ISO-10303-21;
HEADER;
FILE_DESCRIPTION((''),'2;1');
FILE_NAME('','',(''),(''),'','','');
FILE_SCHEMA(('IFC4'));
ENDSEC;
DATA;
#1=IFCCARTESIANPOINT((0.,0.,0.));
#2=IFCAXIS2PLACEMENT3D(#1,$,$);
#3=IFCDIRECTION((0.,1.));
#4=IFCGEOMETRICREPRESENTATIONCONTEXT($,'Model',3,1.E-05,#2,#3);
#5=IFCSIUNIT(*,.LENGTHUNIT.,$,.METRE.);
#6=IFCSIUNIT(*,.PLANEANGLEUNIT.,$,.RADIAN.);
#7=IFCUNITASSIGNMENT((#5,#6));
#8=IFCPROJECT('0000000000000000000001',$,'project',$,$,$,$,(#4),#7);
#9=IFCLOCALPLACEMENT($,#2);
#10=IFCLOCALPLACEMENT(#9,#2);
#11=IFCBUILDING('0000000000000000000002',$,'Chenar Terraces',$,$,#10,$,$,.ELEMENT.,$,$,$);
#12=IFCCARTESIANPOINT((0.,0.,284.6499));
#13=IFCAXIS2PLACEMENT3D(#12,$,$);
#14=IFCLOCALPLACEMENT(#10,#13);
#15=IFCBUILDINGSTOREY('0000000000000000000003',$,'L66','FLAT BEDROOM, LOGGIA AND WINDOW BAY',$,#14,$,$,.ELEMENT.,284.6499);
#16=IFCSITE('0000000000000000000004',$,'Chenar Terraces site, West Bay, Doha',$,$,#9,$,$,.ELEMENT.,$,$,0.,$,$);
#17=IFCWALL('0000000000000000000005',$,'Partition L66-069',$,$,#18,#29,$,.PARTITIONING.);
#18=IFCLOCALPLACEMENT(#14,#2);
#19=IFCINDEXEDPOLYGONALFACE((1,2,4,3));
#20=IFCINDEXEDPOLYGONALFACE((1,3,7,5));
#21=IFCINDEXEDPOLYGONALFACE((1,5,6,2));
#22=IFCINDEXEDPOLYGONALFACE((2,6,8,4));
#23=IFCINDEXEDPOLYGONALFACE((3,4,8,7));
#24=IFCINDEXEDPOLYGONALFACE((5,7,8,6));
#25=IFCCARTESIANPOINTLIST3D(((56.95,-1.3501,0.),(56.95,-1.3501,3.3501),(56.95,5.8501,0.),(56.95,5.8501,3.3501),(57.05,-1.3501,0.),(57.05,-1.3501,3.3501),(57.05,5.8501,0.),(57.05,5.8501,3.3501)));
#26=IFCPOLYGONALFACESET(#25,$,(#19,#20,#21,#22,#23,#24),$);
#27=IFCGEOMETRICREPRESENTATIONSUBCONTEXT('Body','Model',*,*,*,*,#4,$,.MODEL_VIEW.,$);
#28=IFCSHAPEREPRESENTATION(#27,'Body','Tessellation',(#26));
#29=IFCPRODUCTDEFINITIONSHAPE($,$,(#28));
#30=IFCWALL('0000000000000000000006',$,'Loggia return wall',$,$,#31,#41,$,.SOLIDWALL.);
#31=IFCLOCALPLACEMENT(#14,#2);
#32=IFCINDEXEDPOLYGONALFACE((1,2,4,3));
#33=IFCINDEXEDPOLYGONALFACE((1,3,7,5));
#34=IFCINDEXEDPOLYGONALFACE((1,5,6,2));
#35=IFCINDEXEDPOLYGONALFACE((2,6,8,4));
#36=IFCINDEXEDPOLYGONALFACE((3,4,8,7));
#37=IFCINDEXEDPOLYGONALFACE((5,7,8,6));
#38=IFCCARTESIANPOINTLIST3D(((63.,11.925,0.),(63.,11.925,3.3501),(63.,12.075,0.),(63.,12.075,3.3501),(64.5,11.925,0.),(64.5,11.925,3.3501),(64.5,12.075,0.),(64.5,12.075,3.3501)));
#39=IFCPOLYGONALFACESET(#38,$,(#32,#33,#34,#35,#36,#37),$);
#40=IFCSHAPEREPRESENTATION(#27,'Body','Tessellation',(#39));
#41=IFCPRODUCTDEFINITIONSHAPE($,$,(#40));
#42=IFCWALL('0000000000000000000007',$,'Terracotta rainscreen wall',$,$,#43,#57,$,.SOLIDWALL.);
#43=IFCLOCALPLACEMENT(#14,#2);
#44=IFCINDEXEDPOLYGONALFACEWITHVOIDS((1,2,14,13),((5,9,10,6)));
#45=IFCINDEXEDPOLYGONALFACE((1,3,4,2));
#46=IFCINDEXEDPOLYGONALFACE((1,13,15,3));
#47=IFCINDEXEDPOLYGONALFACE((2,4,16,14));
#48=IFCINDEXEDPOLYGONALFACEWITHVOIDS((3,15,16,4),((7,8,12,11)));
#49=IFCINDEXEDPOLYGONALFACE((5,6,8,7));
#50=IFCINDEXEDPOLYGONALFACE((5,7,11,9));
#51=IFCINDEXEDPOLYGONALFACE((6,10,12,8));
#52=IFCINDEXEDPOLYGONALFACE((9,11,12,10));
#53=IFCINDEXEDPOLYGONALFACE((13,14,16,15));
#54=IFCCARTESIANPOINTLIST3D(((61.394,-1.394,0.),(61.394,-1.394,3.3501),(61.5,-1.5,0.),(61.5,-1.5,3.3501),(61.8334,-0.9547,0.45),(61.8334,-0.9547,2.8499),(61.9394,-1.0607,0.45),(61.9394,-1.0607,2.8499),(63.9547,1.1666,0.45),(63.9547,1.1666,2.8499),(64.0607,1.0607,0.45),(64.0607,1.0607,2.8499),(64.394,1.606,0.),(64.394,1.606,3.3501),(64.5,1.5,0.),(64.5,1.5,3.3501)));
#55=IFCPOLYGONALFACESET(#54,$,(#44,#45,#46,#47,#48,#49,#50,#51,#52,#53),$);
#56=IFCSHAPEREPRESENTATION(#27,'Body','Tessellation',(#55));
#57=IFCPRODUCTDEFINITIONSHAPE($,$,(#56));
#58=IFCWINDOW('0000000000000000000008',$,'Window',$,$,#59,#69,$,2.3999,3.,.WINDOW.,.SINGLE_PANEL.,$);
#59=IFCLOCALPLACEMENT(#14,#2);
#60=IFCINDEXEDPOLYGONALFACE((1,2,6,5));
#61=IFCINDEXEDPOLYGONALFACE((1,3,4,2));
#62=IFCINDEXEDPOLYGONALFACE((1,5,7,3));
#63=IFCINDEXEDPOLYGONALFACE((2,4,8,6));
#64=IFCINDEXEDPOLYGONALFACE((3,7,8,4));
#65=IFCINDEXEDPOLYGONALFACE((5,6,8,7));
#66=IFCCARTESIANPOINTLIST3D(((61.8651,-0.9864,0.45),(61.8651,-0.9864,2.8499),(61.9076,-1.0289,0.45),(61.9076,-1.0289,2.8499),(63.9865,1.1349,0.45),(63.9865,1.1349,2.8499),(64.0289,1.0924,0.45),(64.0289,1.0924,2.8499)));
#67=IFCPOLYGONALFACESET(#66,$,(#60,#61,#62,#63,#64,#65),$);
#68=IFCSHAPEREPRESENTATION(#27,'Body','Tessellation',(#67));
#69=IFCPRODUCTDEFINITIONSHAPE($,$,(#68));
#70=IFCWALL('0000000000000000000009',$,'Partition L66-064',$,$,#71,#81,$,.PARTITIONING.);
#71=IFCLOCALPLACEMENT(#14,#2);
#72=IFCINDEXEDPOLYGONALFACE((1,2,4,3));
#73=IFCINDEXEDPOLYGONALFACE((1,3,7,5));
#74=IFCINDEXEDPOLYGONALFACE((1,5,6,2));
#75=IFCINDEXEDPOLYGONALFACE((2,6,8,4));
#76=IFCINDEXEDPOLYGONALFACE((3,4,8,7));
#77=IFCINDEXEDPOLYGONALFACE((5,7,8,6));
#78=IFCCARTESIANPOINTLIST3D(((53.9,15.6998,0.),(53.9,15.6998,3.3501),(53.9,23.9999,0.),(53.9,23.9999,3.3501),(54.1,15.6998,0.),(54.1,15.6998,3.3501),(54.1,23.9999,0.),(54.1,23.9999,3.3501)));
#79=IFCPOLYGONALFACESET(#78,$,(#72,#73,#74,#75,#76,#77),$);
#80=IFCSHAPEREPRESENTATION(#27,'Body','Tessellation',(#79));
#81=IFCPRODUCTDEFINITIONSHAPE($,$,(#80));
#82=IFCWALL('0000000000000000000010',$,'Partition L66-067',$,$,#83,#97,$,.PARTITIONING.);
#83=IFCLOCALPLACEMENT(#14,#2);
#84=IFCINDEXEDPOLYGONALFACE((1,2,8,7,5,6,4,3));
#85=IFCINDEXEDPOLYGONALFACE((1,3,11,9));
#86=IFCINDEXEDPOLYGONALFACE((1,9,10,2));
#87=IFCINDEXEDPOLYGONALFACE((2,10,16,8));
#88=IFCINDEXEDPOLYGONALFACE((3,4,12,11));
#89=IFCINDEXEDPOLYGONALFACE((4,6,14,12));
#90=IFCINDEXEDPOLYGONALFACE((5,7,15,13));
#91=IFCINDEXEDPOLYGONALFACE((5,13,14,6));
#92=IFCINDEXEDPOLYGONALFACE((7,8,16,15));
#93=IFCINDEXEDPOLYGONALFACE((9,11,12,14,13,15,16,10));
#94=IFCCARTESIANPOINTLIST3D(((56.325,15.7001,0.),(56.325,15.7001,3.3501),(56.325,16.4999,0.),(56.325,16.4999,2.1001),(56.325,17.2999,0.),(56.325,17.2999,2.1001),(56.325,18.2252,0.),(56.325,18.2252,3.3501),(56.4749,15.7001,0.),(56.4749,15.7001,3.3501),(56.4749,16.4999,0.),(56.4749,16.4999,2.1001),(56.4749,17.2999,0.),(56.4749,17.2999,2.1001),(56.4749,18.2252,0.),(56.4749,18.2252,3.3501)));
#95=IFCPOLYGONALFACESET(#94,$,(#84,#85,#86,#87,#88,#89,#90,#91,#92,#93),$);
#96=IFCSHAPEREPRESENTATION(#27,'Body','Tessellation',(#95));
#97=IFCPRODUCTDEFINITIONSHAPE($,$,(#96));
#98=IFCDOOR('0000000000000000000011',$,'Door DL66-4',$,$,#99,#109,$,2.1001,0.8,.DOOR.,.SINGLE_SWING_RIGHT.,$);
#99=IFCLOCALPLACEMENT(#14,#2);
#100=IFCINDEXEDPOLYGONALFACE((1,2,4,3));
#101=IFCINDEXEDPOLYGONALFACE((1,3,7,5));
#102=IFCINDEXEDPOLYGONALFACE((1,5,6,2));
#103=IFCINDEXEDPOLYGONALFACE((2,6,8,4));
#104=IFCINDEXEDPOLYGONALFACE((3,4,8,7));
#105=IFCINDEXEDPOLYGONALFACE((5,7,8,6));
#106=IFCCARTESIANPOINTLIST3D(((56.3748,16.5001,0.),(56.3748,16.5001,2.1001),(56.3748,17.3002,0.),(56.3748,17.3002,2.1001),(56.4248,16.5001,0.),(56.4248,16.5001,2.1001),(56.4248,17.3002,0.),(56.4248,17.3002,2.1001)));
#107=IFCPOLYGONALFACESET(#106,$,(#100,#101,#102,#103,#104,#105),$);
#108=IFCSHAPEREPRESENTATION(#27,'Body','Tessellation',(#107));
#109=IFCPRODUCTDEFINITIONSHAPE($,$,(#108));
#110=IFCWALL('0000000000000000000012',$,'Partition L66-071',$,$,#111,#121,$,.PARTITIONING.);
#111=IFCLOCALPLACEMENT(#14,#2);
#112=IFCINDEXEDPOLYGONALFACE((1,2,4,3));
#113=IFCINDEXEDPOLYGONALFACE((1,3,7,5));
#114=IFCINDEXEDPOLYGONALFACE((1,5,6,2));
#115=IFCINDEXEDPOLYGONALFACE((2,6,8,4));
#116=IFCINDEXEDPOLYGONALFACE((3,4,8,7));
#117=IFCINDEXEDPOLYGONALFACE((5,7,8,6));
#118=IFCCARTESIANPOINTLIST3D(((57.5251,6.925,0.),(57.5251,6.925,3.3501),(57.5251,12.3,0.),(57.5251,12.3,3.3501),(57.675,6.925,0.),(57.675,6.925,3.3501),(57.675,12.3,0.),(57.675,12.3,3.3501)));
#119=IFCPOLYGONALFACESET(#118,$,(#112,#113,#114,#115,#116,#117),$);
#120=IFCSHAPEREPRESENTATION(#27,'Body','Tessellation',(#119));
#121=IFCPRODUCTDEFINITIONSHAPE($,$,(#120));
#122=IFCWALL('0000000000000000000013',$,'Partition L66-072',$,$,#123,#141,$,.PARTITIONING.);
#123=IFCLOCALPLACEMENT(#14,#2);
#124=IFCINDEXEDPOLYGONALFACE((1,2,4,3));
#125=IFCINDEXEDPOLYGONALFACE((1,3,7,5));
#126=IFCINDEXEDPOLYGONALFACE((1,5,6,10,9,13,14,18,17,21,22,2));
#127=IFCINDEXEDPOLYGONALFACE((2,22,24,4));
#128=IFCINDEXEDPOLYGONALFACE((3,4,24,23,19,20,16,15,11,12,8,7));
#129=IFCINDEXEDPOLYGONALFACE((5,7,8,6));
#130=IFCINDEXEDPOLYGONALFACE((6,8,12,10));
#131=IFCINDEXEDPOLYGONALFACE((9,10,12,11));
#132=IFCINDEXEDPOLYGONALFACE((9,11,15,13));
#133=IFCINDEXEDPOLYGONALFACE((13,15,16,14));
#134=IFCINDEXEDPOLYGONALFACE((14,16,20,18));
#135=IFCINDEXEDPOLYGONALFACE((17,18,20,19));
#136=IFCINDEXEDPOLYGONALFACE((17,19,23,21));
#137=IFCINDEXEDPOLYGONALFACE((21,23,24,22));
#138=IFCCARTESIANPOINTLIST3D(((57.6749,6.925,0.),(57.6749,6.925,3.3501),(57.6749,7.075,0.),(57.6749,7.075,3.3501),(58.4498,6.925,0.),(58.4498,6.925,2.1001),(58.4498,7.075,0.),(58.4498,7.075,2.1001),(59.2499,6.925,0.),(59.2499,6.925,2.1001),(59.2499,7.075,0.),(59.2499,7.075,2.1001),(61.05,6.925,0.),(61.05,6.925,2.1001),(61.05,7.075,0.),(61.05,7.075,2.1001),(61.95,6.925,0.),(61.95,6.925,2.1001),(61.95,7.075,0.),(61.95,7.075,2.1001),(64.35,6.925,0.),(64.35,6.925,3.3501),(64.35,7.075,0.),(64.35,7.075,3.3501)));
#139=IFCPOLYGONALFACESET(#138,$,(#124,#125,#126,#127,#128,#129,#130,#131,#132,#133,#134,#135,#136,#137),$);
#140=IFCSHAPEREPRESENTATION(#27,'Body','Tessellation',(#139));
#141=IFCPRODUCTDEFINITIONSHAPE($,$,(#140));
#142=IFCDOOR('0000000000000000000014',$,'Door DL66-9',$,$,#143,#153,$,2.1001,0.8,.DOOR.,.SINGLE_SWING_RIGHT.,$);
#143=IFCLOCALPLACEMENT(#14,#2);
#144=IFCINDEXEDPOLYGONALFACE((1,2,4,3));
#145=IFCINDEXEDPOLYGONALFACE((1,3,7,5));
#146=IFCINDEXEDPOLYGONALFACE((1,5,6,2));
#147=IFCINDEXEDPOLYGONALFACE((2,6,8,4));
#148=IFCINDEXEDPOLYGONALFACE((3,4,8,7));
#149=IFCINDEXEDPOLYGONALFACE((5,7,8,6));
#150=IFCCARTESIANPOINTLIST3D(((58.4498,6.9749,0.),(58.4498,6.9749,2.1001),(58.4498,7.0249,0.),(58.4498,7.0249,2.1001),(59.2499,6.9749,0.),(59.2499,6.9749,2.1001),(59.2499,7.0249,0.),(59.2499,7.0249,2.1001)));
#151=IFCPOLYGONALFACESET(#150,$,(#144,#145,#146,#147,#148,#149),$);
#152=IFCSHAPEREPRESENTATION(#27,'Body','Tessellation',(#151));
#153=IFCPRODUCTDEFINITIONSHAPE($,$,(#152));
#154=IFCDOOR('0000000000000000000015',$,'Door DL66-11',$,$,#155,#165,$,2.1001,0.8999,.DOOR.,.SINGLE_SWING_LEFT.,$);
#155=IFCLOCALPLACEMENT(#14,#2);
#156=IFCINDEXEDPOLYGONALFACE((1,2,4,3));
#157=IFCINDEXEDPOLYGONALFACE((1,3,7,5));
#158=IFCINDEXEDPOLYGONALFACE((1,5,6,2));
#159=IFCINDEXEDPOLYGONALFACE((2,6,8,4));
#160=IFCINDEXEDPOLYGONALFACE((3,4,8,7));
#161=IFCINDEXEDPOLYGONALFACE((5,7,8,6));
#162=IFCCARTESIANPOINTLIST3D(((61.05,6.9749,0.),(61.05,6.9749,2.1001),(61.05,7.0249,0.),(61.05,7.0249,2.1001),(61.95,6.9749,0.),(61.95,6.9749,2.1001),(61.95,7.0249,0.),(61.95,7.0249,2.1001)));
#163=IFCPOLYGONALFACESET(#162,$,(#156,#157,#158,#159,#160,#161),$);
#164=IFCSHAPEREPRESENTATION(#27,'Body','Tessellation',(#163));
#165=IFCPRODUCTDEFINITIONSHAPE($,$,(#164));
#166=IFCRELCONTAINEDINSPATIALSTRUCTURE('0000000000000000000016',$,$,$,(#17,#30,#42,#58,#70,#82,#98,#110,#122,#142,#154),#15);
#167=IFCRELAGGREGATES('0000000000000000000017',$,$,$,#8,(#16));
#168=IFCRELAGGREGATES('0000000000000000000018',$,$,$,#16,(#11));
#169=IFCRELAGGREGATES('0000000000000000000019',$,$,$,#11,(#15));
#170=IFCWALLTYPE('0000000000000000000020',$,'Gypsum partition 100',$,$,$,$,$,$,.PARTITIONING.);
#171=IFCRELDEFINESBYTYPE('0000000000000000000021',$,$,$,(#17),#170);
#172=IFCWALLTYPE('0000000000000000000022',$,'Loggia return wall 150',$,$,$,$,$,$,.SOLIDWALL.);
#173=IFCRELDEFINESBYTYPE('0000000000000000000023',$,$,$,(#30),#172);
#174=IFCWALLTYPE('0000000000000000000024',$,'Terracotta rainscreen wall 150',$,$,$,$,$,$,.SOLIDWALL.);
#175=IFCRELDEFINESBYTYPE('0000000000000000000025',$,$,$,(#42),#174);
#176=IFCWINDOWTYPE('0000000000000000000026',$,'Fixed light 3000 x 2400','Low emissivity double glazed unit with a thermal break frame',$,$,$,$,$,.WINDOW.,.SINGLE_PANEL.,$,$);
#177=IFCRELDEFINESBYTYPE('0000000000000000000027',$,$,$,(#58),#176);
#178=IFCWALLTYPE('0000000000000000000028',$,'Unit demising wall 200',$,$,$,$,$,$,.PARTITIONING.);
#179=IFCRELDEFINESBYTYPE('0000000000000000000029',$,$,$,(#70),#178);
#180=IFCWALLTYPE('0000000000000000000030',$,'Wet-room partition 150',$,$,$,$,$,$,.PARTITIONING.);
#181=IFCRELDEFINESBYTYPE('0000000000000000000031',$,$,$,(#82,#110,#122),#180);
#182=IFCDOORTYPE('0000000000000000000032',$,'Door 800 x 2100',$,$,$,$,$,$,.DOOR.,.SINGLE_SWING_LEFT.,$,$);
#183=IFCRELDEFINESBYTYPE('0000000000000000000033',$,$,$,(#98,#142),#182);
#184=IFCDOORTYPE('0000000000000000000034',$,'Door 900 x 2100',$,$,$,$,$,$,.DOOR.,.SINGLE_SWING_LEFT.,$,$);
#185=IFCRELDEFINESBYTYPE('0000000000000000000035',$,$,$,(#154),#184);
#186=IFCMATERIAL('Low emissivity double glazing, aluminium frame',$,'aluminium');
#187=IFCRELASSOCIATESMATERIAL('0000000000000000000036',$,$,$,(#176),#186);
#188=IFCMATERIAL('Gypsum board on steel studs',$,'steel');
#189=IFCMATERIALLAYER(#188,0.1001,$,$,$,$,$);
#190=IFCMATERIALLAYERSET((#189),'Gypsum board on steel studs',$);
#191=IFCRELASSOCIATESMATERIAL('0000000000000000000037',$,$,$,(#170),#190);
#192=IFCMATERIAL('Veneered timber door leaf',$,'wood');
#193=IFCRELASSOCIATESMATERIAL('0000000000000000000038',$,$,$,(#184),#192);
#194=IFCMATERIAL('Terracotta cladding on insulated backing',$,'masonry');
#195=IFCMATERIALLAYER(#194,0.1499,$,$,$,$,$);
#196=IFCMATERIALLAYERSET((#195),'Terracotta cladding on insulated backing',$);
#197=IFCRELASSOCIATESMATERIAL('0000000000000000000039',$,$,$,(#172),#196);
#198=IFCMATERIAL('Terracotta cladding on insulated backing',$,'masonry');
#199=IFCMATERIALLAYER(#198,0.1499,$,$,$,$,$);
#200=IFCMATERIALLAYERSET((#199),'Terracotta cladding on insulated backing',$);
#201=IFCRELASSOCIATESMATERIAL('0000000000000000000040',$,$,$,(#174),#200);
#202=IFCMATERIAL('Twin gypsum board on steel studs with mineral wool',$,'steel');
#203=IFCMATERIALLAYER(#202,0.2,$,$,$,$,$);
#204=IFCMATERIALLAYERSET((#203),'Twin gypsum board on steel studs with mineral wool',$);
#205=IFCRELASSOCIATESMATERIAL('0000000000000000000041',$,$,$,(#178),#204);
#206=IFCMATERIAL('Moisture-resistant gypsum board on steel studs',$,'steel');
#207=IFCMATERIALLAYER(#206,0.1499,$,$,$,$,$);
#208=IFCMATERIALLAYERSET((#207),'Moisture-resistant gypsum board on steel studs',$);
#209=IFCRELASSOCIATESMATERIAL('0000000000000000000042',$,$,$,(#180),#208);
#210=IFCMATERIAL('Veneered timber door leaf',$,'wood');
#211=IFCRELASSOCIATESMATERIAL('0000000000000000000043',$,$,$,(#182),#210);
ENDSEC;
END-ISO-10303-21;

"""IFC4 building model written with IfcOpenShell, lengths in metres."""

from ifc_helpers import new_model, si_unit, direction, frame, frame_2d, origin, place, context, subcontext, project, spatial, rectangle, extrude, material, layer, layer_set, type_object, element, fill, save


model = new_model("IFC4")

# Units and contexts
model_context = context("Model", 3, precision=1e-05, world=origin(), true_north=direction((0.0, 1.0)))
body_context = subcontext(model_context, "Body", "Model", "MODEL_VIEW")
ifc_project = project(units=[si_unit("LENGTHUNIT", "METRE"), si_unit("PLANEANGLEUNIT", "RADIAN")], contexts=[model_context])

# Site, building, storey
site_placement = place(None, origin())
site = spatial("IfcSite", under=ifc_project, at=site_placement, Name="Chenar Terraces site, West Bay, Doha", CompositionType="ELEMENT", RefElevation=0.0)
building_placement = place(site_placement, origin())
building = spatial("IfcBuilding", under=site, at=building_placement, Name="Chenar Terraces", CompositionType="ELEMENT")
storey_placement = place(building_placement, frame((0.0, 0.0, 284.6499)))
storey = spatial("IfcBuildingStorey", under=building, at=storey_placement, Name="L66", Description="FLAT BEDROOM, LOGGIA AND WINDOW BAY", CompositionType="ELEMENT", Elevation=284.6499)

# Shared definitions
ifc_material_1 = material(Name="Low emissivity double glazing, aluminium frame", Category="aluminium")
window_type_1 = type_object("IfcWindowType", Name="Fixed light 3000 x 2400", Description="Low emissivity double glazed unit with a thermal break frame", PartitioningType="SINGLE_PANEL", PredefinedType="WINDOW", material=ifc_material_1)

# Shared definitions
ifc_material_2 = material(Name="Gypsum board on steel studs", Category="steel")
ifc_layer_1 = layer(ifc_material_2, 0.1001)
ifc_layer_set_1 = layer_set([ifc_layer_1], Name="Gypsum board on steel studs")
wall_type_1 = type_object("IfcWallType", Name="Gypsum partition 100", PredefinedType="PARTITIONING", material=ifc_layer_set_1)
ifc_material_3 = material(Name="Veneered timber door leaf", Category="wood")
door_type_1 = type_object("IfcDoorType", Name="Door 900 x 2100", OperationType="SINGLE_SWING_LEFT", PredefinedType="DOOR", material=ifc_material_3)

# Walls
wall_1_placement = place(storey_placement, frame((57.0, -1.3501, 0.0), z_axis=(0.0, 0.0, 1.0), x_axis=(0.0, 1.0, 0.0)))
element("IfcWall", 1, at=wall_1_placement, inside=storey, type_object=wall_type_1, Name="Partition L66-069", PredefinedType="PARTITIONING", context=body_context, shape_type="SweptSolid", body=[
    extrude(rectangle(XDim=7.2002, YDim=0.1001, at=frame_2d((3.6001, 0.0))), origin(), (0.0, 0.0, 1.0), 3.3501),
])
ifc_material_4 = material(Name="Terracotta cladding on insulated backing", Category="masonry")
ifc_layer_2 = layer(ifc_material_4, 0.1499)
ifc_layer_set_2 = layer_set([ifc_layer_2], Name="Terracotta cladding on insulated backing")
wall_type_2 = type_object("IfcWallType", Name="Loggia return wall 150", PredefinedType="SOLIDWALL", material=ifc_layer_set_2)
wall_2_placement = place(storey_placement, frame((64.5, 12.0, 0.0), z_axis=(0.0, 0.0, 1.0), x_axis=(-1.0, 0.0, 0.0)))
element("IfcWall", 2, at=wall_2_placement, inside=storey, type_object=wall_type_2, Name="Loggia return wall", PredefinedType="SOLIDWALL", context=body_context, shape_type="SweptSolid", body=[
    extrude(rectangle(XDim=1.5, YDim=0.1499, at=frame_2d((0.75, 0.0))), origin(), (0.0, 0.0, 1.0), 3.3501),
])

# Wall, opening, window
ifc_material_5 = material(Name="Terracotta cladding on insulated backing", Category="masonry")
ifc_layer_3 = layer(ifc_material_5, 0.1499)
ifc_layer_set_3 = layer_set([ifc_layer_3], Name="Terracotta cladding on insulated backing")
wall_type_3 = type_object("IfcWallType", Name="Terracotta rainscreen wall 150", PredefinedType="SOLIDWALL", material=ifc_layer_set_3)
wall_3_placement = place(storey_placement, frame((61.447, -1.447, 0.0), z_axis=(0.0, 0.0, 1.0), x_axis=(0.707107, 0.707107, 0.0)))
wall_3 = element("IfcWall", 3, at=wall_3_placement, inside=storey, type_object=wall_type_3, Name="Terracotta rainscreen wall", PredefinedType="SOLIDWALL", context=body_context, shape_type="SweptSolid", body=[
    extrude(rectangle(XDim=4.2427, YDim=0.1499, at=frame_2d((2.1213, 0.0))), origin(), (0.0, 0.0, 1.0), 3.3501),
])
opening_1_placement = place(wall_3_placement, frame((0.6213, 0.0, 0.45)))
opening_1 = element("IfcOpeningElement", 4, at=opening_1_placement, cuts=wall_3, PredefinedType="OPENING", context=body_context, shape_type="SweptSolid", body=[
    extrude(rectangle(XDim=3.0, YDim=2.3999, at=frame_2d((1.5, 1.2))), frame((0.0, 0.085, 0.0), z_axis=(0.0, -1.0, 0.0), x_axis=(1.0, 0.0, 0.0)), (0.0, 0.0, 1.0), 0.1699),
])
window_1_placement = place(opening_1_placement, origin())
window_1 = element("IfcWindow", 5, at=window_1_placement, inside=storey, type_object=window_type_1, Name="Window", OverallHeight=2.3999, OverallWidth=3.0, PartitioningType="SINGLE_PANEL", PredefinedType="WINDOW", context=body_context, shape_type="SweptSolid", body=[
    extrude(rectangle(XDim=3.0, YDim=2.3999, at=frame_2d((1.5, 1.2))), frame((0.0, 0.03, 0.0), z_axis=(0.0, -1.0, 0.0), x_axis=(1.0, 0.0, 0.0)), (0.0, 0.0, 1.0), 0.0601),
])
fill(opening_1, window_1)

# Wall
ifc_material_6 = material(Name="Twin gypsum board on steel studs with mineral wool", Category="steel")
ifc_layer_4 = layer(ifc_material_6, 0.2)
ifc_layer_set_4 = layer_set([ifc_layer_4], Name="Twin gypsum board on steel studs with mineral wool")
wall_type_4 = type_object("IfcWallType", Name="Unit demising wall 200", PredefinedType="PARTITIONING", material=ifc_layer_set_4)
wall_4_placement = place(storey_placement, frame((54.0, 15.7, 0.0), z_axis=(0.0, 0.0, 1.0), x_axis=(0.0, 1.0, 0.0)))
element("IfcWall", 6, at=wall_4_placement, inside=storey, type_object=wall_type_4, Name="Partition L66-064", PredefinedType="PARTITIONING", context=body_context, shape_type="SweptSolid", body=[
    extrude(rectangle(XDim=8.3, YDim=0.2, at=frame_2d((4.1499, 0.0))), origin(), (0.0, 0.0, 1.0), 3.3501),
])

# Wall, opening, door
ifc_material_7 = material(Name="Moisture-resistant gypsum board on steel studs", Category="steel")
ifc_layer_5 = layer(ifc_material_7, 0.1499)
ifc_layer_set_5 = layer_set([ifc_layer_5], Name="Moisture-resistant gypsum board on steel studs")
wall_type_5 = type_object("IfcWallType", Name="Wet-room partition 150", PredefinedType="PARTITIONING", material=ifc_layer_set_5)
wall_5_placement = place(storey_placement, frame((56.3999, 15.7, 0.0), z_axis=(0.0, 0.0, 1.0), x_axis=(0.0, 1.0, 0.0)))
wall_5 = element("IfcWall", 7, at=wall_5_placement, inside=storey, type_object=wall_type_5, Name="Partition L66-067", PredefinedType="PARTITIONING", context=body_context, shape_type="SweptSolid", body=[
    extrude(rectangle(XDim=2.5251, YDim=0.1499, at=frame_2d((1.2627, 0.0))), origin(), (0.0, 0.0, 1.0), 3.3501),
])
opening_2_placement = place(wall_5_placement, frame((0.8, 0.0, 0.0)))
opening_2 = element("IfcOpeningElement", 8, at=opening_2_placement, cuts=wall_5, PredefinedType="OPENING", context=body_context, shape_type="SweptSolid", body=[
    extrude(rectangle(XDim=0.8, YDim=2.1001, at=frame_2d((0.3999, 1.05))), frame((0.0, 0.085, 0.0), z_axis=(0.0, -1.0, 0.0), x_axis=(1.0, 0.0, 0.0)), (0.0, 0.0, 1.0), 0.1699),
])
ifc_material_8 = material(Name="Veneered timber door leaf", Category="wood")
door_type_2 = type_object("IfcDoorType", Name="Door 800 x 2100", OperationType="SINGLE_SWING_LEFT", PredefinedType="DOOR", material=ifc_material_8)
door_1_placement = place(opening_2_placement, frame((0.8, 0.0, 0.0), z_axis=(0.0, 0.0, 1.0), x_axis=(-1.0, 0.0, 0.0)))
door_1 = element("IfcDoor", 9, at=door_1_placement, inside=storey, type_object=door_type_2, Name="Door DL66-4", OperationType="SINGLE_SWING_RIGHT", OverallHeight=2.1001, OverallWidth=0.8, PredefinedType="DOOR", context=body_context, shape_type="SweptSolid", body=[
    extrude(rectangle(XDim=0.8, YDim=2.1001, at=frame_2d((0.3999, 1.05))), frame((0.0, 0.0249, 0.0), z_axis=(0.0, -1.0, 0.0), x_axis=(1.0, 0.0, 0.0)), (0.0, 0.0, 1.0), 0.05),
])
fill(opening_2, door_1)

# Wall
wall_6_placement = place(storey_placement, frame((57.6001, 6.925, 0.0), z_axis=(0.0, 0.0, 1.0), x_axis=(0.0, 1.0, 0.0)))
element("IfcWall", 10, at=wall_6_placement, inside=storey, type_object=wall_type_5, Name="Partition L66-071", PredefinedType="PARTITIONING", context=body_context, shape_type="SweptSolid", body=[
    extrude(rectangle(XDim=5.375, YDim=0.1499, at=frame_2d((2.6875, 0.0))), origin(), (0.0, 0.0, 1.0), 3.3501),
])

# Wall, openings, doors
wall_7_placement = place(storey_placement, frame((57.675, 7.0, 0.0), z_axis=(0.0, 0.0, 1.0), x_axis=(1.0, 0.0, 0.0)))
wall_7 = element("IfcWall", 11, at=wall_7_placement, inside=storey, type_object=wall_type_5, Name="Partition L66-072", PredefinedType="PARTITIONING", context=body_context, shape_type="SweptSolid", body=[
    extrude(rectangle(XDim=6.675, YDim=0.1499, at=frame_2d((3.3374, 0.0))), origin(), (0.0, 0.0, 1.0), 3.3501),
])
opening_3_placement = place(wall_7_placement, frame((0.7749, 0.0, 0.0)))
opening_3 = element("IfcOpeningElement", 12, at=opening_3_placement, cuts=wall_7, PredefinedType="OPENING", context=body_context, shape_type="SweptSolid", body=[
    extrude(rectangle(XDim=0.8, YDim=2.1001, at=frame_2d((0.3999, 1.05))), frame((0.0, 0.085, 0.0), z_axis=(0.0, -1.0, 0.0), x_axis=(1.0, 0.0, 0.0)), (0.0, 0.0, 1.0), 0.1699),
])
opening_4_placement = place(wall_7_placement, frame((3.375, 0.0, 0.0)))
opening_4 = element("IfcOpeningElement", 13, at=opening_4_placement, cuts=wall_7, PredefinedType="OPENING", context=body_context, shape_type="SweptSolid", body=[
    extrude(rectangle(XDim=0.8999, YDim=2.1001, at=frame_2d((0.45, 1.05))), frame((0.0, 0.085, 0.0), z_axis=(0.0, -1.0, 0.0), x_axis=(1.0, 0.0, 0.0)), (0.0, 0.0, 1.0), 0.1699),
])
door_2_placement = place(opening_3_placement, origin())
door_2 = element("IfcDoor", 14, at=door_2_placement, inside=storey, type_object=door_type_2, Name="Door DL66-9", OperationType="SINGLE_SWING_RIGHT", OverallHeight=2.1001, OverallWidth=0.8, PredefinedType="DOOR", context=body_context, shape_type="SweptSolid", body=[
    extrude(rectangle(XDim=0.8, YDim=2.1001, at=frame_2d((0.3999, 1.05))), frame((0.0, 0.0249, 0.0), z_axis=(0.0, -1.0, 0.0), x_axis=(1.0, 0.0, 0.0)), (0.0, 0.0, 1.0), 0.05),
])
fill(opening_3, door_2)
door_3_placement = place(opening_4_placement, origin())
door_3 = element("IfcDoor", 15, at=door_3_placement, inside=storey, type_object=door_type_1, Name="Door DL66-11", OperationType="SINGLE_SWING_LEFT", OverallHeight=2.1001, OverallWidth=0.8999, PredefinedType="DOOR", context=body_context, shape_type="SweptSolid", body=[
    extrude(rectangle(XDim=0.8999, YDim=2.1001, at=frame_2d((0.45, 1.05))), frame((0.0, 0.0249, 0.0), z_axis=(0.0, -1.0, 0.0), x_axis=(1.0, 0.0, 0.0)), (0.0, 0.0, 1.0), 0.05),
])
fill(opening_4, door_3)

save(model, "model.ifc")
